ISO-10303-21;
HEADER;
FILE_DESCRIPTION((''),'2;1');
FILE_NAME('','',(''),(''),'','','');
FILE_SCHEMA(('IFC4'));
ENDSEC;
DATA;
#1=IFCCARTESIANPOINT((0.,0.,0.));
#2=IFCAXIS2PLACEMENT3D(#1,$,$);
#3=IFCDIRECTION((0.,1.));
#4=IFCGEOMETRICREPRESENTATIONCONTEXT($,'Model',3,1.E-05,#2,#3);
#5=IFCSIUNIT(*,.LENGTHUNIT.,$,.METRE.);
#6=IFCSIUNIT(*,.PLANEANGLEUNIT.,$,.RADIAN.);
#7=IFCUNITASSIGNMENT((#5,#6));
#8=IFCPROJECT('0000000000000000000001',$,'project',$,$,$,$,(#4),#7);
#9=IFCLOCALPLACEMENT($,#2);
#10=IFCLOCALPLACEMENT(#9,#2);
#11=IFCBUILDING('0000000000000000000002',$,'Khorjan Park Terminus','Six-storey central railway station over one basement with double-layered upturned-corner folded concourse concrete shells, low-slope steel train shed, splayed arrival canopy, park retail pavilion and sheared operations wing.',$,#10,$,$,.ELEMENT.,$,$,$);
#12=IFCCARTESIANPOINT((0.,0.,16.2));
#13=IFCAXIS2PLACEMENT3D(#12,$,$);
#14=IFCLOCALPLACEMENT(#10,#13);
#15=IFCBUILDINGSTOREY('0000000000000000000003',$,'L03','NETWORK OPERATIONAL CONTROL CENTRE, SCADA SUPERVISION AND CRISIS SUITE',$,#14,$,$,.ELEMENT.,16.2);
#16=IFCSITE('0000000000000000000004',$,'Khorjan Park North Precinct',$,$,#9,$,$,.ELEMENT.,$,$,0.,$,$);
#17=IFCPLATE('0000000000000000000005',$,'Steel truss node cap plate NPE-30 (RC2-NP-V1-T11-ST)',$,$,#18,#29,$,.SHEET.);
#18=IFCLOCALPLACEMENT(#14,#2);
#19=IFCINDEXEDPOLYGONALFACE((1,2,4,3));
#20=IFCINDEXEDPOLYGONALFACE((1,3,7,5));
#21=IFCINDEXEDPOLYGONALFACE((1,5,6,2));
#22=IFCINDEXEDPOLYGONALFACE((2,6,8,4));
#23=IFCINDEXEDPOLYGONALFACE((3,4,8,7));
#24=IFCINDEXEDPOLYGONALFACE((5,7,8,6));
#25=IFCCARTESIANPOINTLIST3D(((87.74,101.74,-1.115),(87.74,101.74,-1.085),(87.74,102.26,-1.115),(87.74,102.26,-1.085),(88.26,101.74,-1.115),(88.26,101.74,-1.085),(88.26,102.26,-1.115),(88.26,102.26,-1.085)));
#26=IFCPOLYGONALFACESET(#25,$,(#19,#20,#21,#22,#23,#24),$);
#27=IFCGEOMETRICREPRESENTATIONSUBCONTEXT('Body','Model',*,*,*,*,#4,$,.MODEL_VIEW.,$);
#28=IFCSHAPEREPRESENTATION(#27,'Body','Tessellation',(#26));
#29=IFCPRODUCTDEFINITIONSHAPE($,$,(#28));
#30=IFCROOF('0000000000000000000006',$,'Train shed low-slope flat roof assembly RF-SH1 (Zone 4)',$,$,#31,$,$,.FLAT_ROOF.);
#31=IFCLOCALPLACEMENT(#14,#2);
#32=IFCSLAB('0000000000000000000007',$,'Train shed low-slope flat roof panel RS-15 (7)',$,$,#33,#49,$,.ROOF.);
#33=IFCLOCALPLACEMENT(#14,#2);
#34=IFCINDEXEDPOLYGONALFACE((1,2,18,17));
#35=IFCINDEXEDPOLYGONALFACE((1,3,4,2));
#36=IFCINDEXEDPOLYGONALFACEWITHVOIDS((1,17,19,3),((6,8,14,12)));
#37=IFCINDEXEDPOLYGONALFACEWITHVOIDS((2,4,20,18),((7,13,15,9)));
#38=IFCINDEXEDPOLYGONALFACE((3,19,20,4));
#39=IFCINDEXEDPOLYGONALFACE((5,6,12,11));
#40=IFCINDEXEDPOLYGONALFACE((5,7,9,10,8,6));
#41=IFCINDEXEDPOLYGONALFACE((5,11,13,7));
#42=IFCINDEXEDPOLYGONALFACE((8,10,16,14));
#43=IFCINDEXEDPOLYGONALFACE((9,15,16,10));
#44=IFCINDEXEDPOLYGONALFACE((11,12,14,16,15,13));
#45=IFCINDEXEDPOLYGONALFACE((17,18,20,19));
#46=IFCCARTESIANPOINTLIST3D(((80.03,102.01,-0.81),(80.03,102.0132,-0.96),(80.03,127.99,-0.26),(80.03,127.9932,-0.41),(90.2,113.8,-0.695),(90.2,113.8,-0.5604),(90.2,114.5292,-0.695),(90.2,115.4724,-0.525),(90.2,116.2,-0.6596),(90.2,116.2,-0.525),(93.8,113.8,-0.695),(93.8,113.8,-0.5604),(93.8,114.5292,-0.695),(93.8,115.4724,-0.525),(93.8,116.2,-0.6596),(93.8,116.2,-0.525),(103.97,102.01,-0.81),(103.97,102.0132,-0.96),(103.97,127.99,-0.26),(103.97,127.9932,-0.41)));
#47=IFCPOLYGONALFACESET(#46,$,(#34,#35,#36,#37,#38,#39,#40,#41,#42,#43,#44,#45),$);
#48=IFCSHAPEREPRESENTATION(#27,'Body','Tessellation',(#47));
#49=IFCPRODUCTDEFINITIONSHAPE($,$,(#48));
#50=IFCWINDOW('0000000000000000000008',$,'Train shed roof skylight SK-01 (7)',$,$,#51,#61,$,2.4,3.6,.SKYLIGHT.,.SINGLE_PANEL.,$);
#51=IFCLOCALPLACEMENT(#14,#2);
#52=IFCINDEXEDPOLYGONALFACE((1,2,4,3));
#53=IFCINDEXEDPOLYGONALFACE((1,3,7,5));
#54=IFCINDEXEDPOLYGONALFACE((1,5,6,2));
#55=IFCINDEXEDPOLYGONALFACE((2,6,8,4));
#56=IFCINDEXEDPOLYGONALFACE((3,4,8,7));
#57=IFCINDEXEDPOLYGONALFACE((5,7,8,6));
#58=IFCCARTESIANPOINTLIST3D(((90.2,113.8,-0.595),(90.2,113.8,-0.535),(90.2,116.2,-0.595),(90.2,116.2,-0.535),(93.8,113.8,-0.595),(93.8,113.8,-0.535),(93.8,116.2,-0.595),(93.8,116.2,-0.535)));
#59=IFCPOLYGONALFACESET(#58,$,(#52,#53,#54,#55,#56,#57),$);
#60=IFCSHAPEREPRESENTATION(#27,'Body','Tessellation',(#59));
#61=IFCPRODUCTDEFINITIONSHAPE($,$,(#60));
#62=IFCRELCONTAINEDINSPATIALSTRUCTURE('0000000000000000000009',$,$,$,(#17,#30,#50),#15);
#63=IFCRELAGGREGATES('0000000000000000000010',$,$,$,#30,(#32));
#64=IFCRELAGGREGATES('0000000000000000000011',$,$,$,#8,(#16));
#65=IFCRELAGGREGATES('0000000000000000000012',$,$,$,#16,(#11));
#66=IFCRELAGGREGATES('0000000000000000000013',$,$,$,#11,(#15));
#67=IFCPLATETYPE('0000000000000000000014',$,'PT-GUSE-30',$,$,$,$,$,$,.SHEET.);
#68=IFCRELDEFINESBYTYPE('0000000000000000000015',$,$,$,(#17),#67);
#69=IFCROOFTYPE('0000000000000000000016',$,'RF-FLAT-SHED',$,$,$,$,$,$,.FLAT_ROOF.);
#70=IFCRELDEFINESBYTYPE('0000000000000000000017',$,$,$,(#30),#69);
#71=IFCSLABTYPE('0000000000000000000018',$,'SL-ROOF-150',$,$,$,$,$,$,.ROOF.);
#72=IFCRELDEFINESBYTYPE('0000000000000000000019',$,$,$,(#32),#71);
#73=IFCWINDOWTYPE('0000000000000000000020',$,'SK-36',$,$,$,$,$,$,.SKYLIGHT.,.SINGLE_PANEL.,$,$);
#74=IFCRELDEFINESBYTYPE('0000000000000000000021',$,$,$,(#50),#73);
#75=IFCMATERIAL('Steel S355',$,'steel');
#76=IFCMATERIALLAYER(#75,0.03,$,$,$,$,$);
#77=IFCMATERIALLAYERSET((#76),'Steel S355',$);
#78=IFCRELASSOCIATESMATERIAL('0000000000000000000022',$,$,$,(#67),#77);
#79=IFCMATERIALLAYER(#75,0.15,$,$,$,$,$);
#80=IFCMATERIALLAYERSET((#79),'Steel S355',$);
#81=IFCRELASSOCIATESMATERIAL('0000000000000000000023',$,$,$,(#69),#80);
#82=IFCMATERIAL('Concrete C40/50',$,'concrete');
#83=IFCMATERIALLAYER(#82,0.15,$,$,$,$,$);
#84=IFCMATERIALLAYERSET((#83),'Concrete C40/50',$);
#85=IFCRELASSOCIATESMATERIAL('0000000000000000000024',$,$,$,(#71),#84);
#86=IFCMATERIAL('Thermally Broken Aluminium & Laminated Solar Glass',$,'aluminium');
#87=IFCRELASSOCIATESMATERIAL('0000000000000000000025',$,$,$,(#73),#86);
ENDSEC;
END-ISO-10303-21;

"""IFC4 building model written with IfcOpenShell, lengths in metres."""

from ifc_helpers import new_model, si_unit, direction, frame, origin, origin_2d, place, context, subcontext, project, spatial, polyline, rectangle, outline, extrude, material, layer, layer_set, type_object, element, fill, aggregate, save


model = new_model("IFC4")

# Units and contexts
model_context = context("Model", 3, precision=1e-05, world=origin(), true_north=direction((0.0, 1.0)))
body_context = subcontext(model_context, "Body", "Model", "MODEL_VIEW")
ifc_project = project(units=[si_unit("LENGTHUNIT", "METRE"), si_unit("PLANEANGLEUNIT", "RADIAN")], contexts=[model_context])

# Site, building, storey
site_placement = place(None, origin())
site = spatial("IfcSite", under=ifc_project, at=site_placement, Name="Khorjan Park North Precinct", CompositionType="ELEMENT", RefElevation=0.0)
building_placement = place(site_placement, origin())
building = spatial("IfcBuilding", under=site, at=building_placement, Name="Khorjan Park Terminus", Description="Six-storey central railway station over one basement with double-layered upturned-corner folded concourse concrete shells, low-slope steel train shed, splayed arrival canopy, park retail pavilion and sheared operations wing.", CompositionType="ELEMENT")
storey_placement = place(building_placement, frame((0.0, 0.0, 16.2)))
storey = spatial("IfcBuildingStorey", under=building, at=storey_placement, Name="L03", Description="NETWORK OPERATIONAL CONTROL CENTRE, SCADA SUPERVISION AND CRISIS SUITE", CompositionType="ELEMENT", Elevation=16.2)

# Shared definitions
ifc_material_1 = material(Name="Steel S355", Category="steel")

# Plate
ifc_layer_1 = layer(ifc_material_1, 0.03)
ifc_layer_set_1 = layer_set([ifc_layer_1], Name="Steel S355")
plate_type_1 = type_object("IfcPlateType", Name="PT-GUSE-30", PredefinedType="SHEET", material=ifc_layer_set_1)
plate_1_placement = place(storey_placement, frame((88.0, 102.0, -1.115), z_axis=(0.0, 0.0, 1.0), x_axis=(1.0, 0.0, 0.0)))
element("IfcPlate", 1, at=plate_1_placement, inside=storey, type_object=plate_type_1, Name="Steel truss node cap plate NPE-30 (RC2-NP-V1-T11-ST)", PredefinedType="SHEET", context=body_context, shape_type="SweptSolid", body=[
    extrude(rectangle(XDim=0.52, YDim=0.52, at=origin_2d()), origin(), (0.0, 0.0, 1.0), 0.03),
])

# Roof, slab, opening, window
ifc_layer_2 = layer(ifc_material_1, 0.15)
ifc_layer_set_2 = layer_set([ifc_layer_2], Name="Steel S355")
roof_type = type_object("IfcRoofType", Name="RF-FLAT-SHED", PredefinedType="FLAT_ROOF", material=ifc_layer_set_2)
roof_placement = place(storey_placement, origin())
roof = element("IfcRoof", 2, at=roof_placement, inside=storey, type_object=roof_type, Name="Train shed low-slope flat roof assembly RF-SH1 (Zone 4)", PredefinedType="FLAT_ROOF")
ifc_material_2 = material(Name="Concrete C40/50", Category="concrete")
ifc_layer_3 = layer(ifc_material_2, 0.15)
ifc_layer_set_3 = layer_set([ifc_layer_3], Name="Concrete C40/50")
slab_type = type_object("IfcSlabType", Name="SL-ROOF-150", PredefinedType="ROOF", material=ifc_layer_set_3)
slab_placement = place(storey_placement, frame((80.03, 102.01, -0.81), z_axis=(0.0, -0.021165, 0.999776), x_axis=(1.0, 0.0, 0.0)))
slab = element("IfcSlab", 3, at=slab_placement, type_object=slab_type, Name="Train shed low-slope flat roof panel RS-15 (7)", PredefinedType="ROOF", context=body_context, shape_type="SweptSolid", body=[
    extrude(outline(polyline([(0.0, 0.0), (23.94, 0.0), (23.94, 25.9858), (0.0, 25.9858), (0.0, 0.0)])), origin(), (0.0, 0.0, -1.0), 0.15),
])
opening_placement = place(storey_placement, frame((92.0, 115.0, -0.685), z_axis=(0.0, 0.0, 1.0), x_axis=(1.0, 0.0, 0.0)))
opening = element("IfcOpeningElement", 4, at=opening_placement, cuts=slab, PredefinedType="OPENING", context=body_context, shape_type="SweptSolid", body=[
    extrude(rectangle(XDim=3.6, YDim=2.4, at=origin_2d()), frame((0.0, 0.0, -0.01)), (0.0, 0.0, 1.0), 0.17),
])
ifc_material_3 = material(Name="Thermally Broken Aluminium & Laminated Solar Glass", Category="aluminium")
window_type = type_object("IfcWindowType", Name="SK-36", PartitioningType="SINGLE_PANEL", PredefinedType="SKYLIGHT", material=ifc_material_3)
window_placement = place(opening_placement, frame((0.0, 0.0, 0.09)))
window = element("IfcWindow", 5, at=window_placement, inside=storey, type_object=window_type, Name="Train shed roof skylight SK-01 (7)", OverallHeight=2.4, OverallWidth=3.6, PartitioningType="SINGLE_PANEL", PredefinedType="SKYLIGHT", context=body_context, shape_type="SweptSolid", body=[
    extrude(rectangle(XDim=3.6, YDim=2.4, at=origin_2d()), origin(), (0.0, 0.0, 1.0), 0.06),
])
fill(opening, window)
aggregate(roof, [slab])

save(model, "model.ifc")
